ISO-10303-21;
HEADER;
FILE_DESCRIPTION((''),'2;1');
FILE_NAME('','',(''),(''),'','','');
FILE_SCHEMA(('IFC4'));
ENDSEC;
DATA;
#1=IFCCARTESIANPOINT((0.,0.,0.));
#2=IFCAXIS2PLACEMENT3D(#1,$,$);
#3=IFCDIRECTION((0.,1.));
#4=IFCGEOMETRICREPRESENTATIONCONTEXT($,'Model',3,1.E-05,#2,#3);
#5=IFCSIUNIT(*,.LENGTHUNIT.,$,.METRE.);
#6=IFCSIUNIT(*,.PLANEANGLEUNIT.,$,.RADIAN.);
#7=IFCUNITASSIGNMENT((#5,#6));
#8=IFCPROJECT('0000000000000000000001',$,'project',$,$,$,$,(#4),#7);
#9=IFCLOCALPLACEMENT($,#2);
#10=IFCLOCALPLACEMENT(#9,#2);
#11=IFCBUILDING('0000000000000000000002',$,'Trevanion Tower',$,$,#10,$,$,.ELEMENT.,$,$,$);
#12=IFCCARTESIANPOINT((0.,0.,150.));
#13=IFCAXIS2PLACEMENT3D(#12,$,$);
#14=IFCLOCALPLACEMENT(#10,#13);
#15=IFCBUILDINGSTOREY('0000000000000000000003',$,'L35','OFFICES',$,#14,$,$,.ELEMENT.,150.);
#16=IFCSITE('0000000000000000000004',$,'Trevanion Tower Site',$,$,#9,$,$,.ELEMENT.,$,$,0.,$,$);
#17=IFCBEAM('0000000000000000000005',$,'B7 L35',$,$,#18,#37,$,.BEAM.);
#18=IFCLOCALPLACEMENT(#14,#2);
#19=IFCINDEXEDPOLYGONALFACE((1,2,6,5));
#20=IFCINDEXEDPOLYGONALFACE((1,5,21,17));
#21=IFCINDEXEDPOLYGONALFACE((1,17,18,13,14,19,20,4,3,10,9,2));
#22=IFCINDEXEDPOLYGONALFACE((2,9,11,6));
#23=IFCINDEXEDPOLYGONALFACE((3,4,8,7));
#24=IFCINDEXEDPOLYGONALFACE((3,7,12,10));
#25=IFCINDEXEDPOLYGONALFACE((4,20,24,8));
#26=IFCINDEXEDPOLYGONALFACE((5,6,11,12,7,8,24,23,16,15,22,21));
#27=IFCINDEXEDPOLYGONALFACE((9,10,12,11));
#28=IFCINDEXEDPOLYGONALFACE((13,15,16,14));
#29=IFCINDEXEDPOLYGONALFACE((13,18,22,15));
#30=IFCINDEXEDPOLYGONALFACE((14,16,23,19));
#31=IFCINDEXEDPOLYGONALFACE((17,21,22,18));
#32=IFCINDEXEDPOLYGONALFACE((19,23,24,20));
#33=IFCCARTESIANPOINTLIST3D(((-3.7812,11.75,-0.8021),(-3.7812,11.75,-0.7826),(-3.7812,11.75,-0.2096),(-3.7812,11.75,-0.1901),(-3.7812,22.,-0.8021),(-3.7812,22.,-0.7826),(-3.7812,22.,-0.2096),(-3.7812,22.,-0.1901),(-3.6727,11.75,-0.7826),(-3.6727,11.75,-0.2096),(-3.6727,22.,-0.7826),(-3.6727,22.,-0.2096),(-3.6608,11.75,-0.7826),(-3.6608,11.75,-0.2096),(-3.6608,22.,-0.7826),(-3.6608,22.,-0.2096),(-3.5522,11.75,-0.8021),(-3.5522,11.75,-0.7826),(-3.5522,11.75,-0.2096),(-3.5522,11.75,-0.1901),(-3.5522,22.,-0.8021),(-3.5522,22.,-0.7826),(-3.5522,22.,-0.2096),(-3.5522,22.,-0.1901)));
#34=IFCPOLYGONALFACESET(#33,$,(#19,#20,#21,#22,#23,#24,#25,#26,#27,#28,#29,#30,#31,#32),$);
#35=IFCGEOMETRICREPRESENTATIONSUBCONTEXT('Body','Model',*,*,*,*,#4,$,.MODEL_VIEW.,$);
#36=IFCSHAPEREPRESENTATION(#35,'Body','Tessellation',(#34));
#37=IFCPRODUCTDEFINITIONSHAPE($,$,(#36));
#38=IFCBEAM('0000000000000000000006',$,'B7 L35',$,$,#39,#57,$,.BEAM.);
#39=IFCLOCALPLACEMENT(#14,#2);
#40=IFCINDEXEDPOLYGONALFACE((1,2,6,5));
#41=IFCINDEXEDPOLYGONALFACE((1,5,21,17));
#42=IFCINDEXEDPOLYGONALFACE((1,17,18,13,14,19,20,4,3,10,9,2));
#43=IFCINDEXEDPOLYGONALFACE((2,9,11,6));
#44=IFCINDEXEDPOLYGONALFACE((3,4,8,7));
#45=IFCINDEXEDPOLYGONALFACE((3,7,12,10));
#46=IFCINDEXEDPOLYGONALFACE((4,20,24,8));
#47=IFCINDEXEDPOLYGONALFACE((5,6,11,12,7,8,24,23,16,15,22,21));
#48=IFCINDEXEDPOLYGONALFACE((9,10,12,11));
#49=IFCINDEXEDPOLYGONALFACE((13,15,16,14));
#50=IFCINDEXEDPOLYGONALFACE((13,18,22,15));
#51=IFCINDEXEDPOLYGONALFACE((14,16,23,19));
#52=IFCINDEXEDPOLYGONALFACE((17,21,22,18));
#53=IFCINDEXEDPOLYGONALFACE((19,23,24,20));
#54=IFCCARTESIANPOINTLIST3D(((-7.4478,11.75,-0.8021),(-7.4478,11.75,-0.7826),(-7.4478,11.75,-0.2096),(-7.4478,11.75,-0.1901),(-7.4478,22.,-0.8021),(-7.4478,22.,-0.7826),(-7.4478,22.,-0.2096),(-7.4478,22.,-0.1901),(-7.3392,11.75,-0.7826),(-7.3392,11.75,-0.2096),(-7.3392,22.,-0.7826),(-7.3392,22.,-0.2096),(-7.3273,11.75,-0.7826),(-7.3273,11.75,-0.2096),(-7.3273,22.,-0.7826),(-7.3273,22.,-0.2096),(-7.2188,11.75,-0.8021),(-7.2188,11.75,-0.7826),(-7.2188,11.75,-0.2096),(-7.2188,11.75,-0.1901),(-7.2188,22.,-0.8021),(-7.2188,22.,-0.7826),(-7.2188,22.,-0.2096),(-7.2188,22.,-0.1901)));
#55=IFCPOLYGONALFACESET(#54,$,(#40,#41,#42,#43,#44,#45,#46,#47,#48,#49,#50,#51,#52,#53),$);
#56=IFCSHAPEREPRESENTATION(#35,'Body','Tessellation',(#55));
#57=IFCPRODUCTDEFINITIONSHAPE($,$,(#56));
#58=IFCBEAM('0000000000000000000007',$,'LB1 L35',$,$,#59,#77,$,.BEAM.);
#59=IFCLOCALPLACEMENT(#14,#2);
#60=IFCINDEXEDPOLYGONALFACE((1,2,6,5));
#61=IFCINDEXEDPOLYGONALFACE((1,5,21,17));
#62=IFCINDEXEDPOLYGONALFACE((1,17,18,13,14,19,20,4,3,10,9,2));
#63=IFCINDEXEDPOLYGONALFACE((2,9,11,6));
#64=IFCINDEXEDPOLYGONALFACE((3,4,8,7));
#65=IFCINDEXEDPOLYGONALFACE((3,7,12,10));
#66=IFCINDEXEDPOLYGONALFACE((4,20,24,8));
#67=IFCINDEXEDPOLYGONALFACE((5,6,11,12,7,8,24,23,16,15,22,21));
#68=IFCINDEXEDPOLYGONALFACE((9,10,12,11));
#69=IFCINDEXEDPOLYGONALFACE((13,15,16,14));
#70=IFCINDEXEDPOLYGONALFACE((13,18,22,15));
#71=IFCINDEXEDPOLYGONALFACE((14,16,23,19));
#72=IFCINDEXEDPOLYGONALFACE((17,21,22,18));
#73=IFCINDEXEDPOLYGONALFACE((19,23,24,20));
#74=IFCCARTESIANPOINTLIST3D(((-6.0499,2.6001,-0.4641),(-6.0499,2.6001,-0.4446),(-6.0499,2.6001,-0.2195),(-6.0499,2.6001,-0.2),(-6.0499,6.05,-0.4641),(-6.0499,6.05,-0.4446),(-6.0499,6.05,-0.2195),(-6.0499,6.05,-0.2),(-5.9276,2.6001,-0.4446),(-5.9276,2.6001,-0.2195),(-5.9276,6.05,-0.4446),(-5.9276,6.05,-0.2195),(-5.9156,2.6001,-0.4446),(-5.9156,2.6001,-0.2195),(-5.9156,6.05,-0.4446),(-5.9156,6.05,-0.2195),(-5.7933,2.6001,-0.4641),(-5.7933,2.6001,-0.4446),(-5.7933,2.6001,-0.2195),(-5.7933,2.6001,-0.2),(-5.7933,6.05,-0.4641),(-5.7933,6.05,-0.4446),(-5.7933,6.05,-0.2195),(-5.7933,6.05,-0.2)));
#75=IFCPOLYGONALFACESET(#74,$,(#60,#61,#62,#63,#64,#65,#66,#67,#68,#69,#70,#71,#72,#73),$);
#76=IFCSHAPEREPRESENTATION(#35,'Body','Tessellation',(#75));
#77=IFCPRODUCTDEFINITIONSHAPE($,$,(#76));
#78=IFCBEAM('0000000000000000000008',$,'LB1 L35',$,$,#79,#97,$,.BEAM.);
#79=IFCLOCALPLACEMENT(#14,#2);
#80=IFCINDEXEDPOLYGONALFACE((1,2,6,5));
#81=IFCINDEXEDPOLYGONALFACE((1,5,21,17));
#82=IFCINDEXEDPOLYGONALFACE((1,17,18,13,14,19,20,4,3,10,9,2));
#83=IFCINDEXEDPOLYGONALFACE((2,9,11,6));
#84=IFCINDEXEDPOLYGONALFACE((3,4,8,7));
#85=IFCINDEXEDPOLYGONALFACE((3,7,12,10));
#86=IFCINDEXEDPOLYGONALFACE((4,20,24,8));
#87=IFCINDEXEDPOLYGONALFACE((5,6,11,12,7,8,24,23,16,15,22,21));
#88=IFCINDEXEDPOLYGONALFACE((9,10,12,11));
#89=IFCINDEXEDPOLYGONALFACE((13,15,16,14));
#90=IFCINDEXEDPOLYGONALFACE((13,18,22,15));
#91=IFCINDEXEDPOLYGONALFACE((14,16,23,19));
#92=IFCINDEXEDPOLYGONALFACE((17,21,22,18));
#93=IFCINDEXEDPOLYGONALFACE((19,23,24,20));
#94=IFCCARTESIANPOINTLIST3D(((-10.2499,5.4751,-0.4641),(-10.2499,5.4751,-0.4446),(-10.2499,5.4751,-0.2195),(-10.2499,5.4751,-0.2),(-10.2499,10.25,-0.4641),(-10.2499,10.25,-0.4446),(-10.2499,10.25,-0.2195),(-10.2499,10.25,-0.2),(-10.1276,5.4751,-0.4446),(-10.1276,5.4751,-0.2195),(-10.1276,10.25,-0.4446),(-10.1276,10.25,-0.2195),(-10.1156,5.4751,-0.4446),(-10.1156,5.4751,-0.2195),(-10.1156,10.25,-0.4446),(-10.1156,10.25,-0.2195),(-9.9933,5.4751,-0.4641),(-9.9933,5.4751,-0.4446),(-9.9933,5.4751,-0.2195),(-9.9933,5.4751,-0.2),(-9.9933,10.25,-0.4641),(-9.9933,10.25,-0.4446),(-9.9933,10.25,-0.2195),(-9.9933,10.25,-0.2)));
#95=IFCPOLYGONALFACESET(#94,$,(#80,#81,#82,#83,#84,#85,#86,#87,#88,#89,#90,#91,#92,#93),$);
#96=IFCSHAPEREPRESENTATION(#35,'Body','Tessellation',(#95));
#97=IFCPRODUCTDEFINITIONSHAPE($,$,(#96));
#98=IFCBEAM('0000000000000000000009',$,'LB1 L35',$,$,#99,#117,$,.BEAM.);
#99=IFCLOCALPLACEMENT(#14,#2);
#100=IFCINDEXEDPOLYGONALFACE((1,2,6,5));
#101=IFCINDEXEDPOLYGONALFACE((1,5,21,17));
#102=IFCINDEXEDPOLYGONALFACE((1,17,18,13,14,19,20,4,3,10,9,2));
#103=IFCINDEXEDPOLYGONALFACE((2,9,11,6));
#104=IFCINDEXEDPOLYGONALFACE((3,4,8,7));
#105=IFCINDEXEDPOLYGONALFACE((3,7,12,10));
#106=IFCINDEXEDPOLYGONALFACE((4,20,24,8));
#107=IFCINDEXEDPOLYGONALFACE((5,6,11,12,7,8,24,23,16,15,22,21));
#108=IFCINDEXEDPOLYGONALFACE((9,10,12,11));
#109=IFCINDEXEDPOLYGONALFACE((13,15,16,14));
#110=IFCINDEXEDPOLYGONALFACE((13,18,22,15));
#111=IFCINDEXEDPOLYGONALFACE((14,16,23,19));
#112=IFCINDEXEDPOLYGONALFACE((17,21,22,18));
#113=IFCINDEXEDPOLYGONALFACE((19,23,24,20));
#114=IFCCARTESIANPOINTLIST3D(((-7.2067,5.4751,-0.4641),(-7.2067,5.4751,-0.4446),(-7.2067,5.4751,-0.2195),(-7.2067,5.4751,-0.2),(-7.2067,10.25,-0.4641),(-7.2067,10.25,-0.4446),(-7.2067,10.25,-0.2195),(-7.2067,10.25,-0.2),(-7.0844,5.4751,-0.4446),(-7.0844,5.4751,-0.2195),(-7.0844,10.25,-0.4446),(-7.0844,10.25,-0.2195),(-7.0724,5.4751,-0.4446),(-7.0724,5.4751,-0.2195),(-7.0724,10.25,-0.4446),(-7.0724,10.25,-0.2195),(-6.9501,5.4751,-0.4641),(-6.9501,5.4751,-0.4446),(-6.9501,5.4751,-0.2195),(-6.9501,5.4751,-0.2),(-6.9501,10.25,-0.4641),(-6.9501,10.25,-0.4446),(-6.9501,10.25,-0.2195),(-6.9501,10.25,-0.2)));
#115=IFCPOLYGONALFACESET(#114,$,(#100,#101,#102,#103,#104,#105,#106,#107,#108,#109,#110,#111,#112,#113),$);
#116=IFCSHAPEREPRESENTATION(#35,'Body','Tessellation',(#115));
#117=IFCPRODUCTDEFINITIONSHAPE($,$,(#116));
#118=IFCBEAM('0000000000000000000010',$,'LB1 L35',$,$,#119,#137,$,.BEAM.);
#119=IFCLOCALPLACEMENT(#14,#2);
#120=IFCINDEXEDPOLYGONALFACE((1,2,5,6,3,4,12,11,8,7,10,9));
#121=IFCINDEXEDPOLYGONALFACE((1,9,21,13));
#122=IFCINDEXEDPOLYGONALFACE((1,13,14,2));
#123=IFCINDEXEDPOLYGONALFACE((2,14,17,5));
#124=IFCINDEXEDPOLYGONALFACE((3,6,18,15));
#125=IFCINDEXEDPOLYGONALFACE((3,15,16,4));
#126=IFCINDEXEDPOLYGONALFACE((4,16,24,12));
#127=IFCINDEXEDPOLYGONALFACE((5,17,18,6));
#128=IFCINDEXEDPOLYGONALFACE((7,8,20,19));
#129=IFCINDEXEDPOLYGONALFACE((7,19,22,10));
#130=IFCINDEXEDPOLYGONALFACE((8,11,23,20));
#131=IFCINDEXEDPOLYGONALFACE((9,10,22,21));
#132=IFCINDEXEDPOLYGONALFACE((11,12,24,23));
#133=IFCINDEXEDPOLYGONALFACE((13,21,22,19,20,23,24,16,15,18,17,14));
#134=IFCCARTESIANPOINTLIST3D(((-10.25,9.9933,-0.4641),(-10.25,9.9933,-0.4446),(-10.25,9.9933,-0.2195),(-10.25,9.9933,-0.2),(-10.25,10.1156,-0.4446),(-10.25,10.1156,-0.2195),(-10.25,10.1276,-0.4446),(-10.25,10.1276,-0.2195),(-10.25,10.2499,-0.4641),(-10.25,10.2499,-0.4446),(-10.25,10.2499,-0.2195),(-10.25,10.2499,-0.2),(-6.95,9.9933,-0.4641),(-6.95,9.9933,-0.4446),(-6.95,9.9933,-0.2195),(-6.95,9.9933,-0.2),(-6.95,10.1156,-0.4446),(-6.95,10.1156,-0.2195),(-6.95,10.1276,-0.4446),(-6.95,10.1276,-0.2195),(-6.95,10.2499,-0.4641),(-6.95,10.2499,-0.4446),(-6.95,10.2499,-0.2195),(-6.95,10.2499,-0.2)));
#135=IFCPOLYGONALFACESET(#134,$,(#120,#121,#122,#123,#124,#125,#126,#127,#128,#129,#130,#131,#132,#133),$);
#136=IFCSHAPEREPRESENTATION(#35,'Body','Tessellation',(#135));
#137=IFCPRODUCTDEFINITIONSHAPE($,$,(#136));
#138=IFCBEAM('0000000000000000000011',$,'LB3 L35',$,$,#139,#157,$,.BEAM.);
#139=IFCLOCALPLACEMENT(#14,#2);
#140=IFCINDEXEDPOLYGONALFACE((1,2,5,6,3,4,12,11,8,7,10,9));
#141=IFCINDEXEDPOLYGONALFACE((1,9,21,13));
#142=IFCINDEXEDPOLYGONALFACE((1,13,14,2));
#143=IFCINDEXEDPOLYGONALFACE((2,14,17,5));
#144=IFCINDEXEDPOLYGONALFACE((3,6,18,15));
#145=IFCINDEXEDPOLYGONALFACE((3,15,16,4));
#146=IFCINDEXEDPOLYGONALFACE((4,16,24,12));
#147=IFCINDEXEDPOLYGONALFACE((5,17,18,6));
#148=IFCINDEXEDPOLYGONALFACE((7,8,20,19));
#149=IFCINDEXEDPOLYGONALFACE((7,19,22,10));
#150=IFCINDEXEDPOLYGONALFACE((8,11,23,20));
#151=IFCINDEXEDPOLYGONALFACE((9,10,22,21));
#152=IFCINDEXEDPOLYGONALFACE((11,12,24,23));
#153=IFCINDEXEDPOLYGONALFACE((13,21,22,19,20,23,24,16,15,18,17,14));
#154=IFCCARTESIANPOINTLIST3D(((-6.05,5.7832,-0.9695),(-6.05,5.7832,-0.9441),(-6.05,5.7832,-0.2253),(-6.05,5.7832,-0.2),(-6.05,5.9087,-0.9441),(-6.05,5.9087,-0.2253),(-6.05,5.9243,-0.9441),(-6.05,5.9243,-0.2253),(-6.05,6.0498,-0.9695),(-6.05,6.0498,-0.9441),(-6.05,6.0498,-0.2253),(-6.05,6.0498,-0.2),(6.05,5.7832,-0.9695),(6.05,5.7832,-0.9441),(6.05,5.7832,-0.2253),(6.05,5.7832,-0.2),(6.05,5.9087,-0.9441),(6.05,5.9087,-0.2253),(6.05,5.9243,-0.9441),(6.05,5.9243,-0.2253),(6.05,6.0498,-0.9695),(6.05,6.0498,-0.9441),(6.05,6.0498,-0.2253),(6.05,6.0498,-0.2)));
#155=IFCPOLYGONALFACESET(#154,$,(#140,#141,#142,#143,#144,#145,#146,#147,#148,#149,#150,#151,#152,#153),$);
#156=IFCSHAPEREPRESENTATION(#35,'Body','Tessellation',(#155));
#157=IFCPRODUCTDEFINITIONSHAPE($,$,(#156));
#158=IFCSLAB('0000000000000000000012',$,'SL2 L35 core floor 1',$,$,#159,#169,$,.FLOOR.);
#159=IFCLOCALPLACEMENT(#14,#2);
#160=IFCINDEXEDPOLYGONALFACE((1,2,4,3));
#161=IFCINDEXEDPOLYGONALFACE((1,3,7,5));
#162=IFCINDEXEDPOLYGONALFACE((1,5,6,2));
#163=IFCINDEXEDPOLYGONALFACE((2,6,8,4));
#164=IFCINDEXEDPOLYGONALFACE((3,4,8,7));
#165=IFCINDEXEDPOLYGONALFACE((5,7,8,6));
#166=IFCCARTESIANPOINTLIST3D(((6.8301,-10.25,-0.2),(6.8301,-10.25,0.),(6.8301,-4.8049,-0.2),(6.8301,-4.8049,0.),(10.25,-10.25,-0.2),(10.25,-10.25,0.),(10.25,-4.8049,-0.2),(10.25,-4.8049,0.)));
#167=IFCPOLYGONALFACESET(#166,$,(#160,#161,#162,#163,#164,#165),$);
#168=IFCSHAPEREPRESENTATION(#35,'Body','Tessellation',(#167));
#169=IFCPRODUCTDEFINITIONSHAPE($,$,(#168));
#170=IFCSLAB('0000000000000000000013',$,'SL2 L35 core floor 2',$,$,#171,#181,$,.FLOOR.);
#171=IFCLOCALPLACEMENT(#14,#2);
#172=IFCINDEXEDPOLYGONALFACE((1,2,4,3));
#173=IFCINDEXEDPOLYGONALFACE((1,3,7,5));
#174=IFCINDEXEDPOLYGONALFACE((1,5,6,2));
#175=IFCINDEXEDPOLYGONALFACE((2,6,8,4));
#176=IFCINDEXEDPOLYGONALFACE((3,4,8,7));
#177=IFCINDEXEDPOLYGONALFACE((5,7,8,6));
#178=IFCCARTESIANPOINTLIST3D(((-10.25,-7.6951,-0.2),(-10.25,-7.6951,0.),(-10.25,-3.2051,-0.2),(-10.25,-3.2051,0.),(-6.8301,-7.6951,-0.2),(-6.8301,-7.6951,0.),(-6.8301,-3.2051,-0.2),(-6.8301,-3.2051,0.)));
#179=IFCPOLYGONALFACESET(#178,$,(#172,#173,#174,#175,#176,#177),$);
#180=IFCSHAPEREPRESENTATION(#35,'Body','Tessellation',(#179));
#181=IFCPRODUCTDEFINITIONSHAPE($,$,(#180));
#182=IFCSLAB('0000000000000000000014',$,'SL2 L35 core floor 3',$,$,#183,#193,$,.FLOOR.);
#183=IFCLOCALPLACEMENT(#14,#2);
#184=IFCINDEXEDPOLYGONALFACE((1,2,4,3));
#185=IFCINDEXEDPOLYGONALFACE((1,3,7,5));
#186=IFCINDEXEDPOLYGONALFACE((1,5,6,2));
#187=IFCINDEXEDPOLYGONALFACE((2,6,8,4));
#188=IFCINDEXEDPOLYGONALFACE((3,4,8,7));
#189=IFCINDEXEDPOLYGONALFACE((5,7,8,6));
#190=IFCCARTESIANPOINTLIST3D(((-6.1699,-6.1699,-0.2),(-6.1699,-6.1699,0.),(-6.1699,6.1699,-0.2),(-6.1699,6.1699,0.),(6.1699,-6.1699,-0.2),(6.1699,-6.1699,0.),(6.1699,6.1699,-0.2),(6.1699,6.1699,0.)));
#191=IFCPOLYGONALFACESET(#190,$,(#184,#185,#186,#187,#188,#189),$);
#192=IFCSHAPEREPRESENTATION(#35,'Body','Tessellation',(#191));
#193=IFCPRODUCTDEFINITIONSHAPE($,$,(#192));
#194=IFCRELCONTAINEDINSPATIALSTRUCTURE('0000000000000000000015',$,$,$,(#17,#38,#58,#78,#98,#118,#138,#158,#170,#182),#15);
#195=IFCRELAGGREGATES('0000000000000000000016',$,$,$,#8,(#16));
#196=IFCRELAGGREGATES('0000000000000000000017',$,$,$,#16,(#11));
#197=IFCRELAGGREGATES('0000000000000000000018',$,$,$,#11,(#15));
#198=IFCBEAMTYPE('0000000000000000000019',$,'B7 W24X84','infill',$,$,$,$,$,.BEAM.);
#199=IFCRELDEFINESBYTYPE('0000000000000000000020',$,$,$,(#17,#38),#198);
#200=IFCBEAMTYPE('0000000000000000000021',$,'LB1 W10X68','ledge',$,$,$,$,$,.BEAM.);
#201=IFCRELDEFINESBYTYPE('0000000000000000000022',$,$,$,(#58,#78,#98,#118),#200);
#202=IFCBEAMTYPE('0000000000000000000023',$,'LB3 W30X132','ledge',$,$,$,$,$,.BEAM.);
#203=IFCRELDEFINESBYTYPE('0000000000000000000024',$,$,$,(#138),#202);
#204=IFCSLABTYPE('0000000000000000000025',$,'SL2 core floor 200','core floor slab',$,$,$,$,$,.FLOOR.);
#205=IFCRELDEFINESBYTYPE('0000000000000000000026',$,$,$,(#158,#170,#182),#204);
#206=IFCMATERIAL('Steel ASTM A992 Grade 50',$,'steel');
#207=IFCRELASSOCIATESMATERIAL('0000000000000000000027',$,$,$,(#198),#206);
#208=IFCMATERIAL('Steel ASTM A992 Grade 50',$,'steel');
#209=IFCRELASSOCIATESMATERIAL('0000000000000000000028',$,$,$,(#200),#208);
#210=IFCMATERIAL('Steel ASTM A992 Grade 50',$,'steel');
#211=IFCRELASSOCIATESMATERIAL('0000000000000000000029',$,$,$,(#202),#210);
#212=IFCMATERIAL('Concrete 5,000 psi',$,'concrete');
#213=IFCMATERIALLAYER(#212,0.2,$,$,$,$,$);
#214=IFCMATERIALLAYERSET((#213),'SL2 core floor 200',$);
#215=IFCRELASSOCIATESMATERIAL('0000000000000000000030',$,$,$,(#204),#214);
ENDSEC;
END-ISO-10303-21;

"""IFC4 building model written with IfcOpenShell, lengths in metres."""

from ifc_helpers import new_model, si_unit, direction, frame, origin, origin_2d, place, context, subcontext, project, spatial, polyline, i_section, outline, extrude, material, layer, layer_set, material_profile, profile_set, type_object, element, save


model = new_model("IFC4")

# Units and contexts
model_context = context("Model", 3, precision=1e-05, world=origin(), true_north=direction((0.0, 1.0)))
body_context = subcontext(model_context, "Body", "Model", "MODEL_VIEW")
ifc_project = project(units=[si_unit("LENGTHUNIT", "METRE"), si_unit("PLANEANGLEUNIT", "RADIAN")], contexts=[model_context])

# Site, building, storey
site_placement = place(None, origin())
site = spatial("IfcSite", under=ifc_project, at=site_placement, Name="Trevanion Tower Site", CompositionType="ELEMENT", RefElevation=0.0)
building_placement = place(site_placement, origin())
building = spatial("IfcBuilding", under=site, at=building_placement, Name="Trevanion Tower", CompositionType="ELEMENT")
storey_placement = place(building_placement, frame((0.0, 0.0, 150.0)))
storey = spatial("IfcBuildingStorey", under=building, at=storey_placement, Name="L35", Description="OFFICES", CompositionType="ELEMENT", Elevation=150.0)

# Beams
ifc_material_1 = material(Name="Steel ASTM A992 Grade 50", Category="steel")
ifc_material_profile_1 = material_profile(ifc_material_1, i_section(OverallWidth=0.229, OverallDepth=0.6121, WebThickness=0.012, FlangeThickness=0.0195, at=origin_2d()), Name="W24X84")
ifc_profile_set_1 = profile_set([ifc_material_profile_1], Name="Steel ASTM A992 Grade 50")
beam_type_1 = type_object("IfcBeamType", Name="B7 W24X84", Description="infill", PredefinedType="BEAM", material=ifc_profile_set_1)
for number, where, z_axis, x_axis, name in (
    (1, (-3.6667, 11.75, -0.4961), (0.0, 1.0, 0.0), (-1.0, 0.0, 0.0), "B7 L35"),
    (2, (-7.3333, 11.75, -0.4961), (0.0, 1.0, 0.0), (-1.0, 0.0, 0.0), "B7 L35"),
):
    element("IfcBeam", number, at=place(storey_placement, frame(where, z_axis=z_axis, x_axis=x_axis)), inside=storey, type_object=beam_type_1, Name=name, PredefinedType="BEAM", context=body_context, shape_type="SweptSolid", body=[
        extrude(i_section(OverallWidth=0.229, OverallDepth=0.6121, WebThickness=0.012, FlangeThickness=0.0195, at=origin_2d()), origin(), (0.0, 0.0, 1.0), 10.25),
    ])
ifc_material_2 = material(Name="Steel ASTM A992 Grade 50", Category="steel")
ifc_material_profile_2 = material_profile(ifc_material_2, i_section(OverallWidth=0.2566, OverallDepth=0.2642, WebThickness=0.012, FlangeThickness=0.0195, at=origin_2d()), Name="W10X68")
ifc_profile_set_2 = profile_set([ifc_material_profile_2], Name="Steel ASTM A992 Grade 50")
beam_type_2 = type_object("IfcBeamType", Name="LB1 W10X68", Description="ledge", PredefinedType="BEAM", material=ifc_profile_set_2)
beam_1_placement = place(storey_placement, frame((-5.9216, 2.6001, -0.332), z_axis=(0.0, 1.0, 0.0), x_axis=(-1.0, 0.0, 0.0)))
element("IfcBeam", 3, at=beam_1_placement, inside=storey, type_object=beam_type_2, Name="LB1 L35", PredefinedType="BEAM", context=body_context, shape_type="SweptSolid", body=[
    extrude(i_section(OverallWidth=0.2566, OverallDepth=0.2642, WebThickness=0.012, FlangeThickness=0.0195, at=origin_2d()), origin(), (0.0, 0.0, 1.0), 3.45),
])
for number, where, z_axis, x_axis, name in (
    (4, (-10.1216, 5.4751, -0.332), (0.0, 1.0, 0.0), (-1.0, 0.0, 0.0), "LB1 L35"),
    (5, (-7.0784, 5.4751, -0.332), (0.0, 1.0, 0.0), (-1.0, 0.0, 0.0), "LB1 L35"),
):
    element("IfcBeam", number, at=place(storey_placement, frame(where, z_axis=z_axis, x_axis=x_axis)), inside=storey, type_object=beam_type_2, Name=name, PredefinedType="BEAM", context=body_context, shape_type="SweptSolid", body=[
        extrude(i_section(OverallWidth=0.2566, OverallDepth=0.2642, WebThickness=0.012, FlangeThickness=0.0195, at=origin_2d()), origin(), (0.0, 0.0, 1.0), 4.7749),
    ])
beam_2_placement = place(storey_placement, frame((-10.25, 10.1216, -0.332), z_axis=(1.0, 0.0, 0.0), x_axis=(0.0, 1.0, 0.0)))
element("IfcBeam", 6, at=beam_2_placement, inside=storey, type_object=beam_type_2, Name="LB1 L35", PredefinedType="BEAM", context=body_context, shape_type="SweptSolid", body=[
    extrude(i_section(OverallWidth=0.2566, OverallDepth=0.2642, WebThickness=0.012, FlangeThickness=0.0195, at=origin_2d()), origin(), (0.0, 0.0, 1.0), 3.3),
])
ifc_material_3 = material(Name="Steel ASTM A992 Grade 50", Category="steel")
ifc_material_profile_3 = material_profile(ifc_material_3, i_section(OverallWidth=0.2666, OverallDepth=0.7695, WebThickness=0.0156, FlangeThickness=0.0254, at=origin_2d()), Name="W30X132")
ifc_profile_set_3 = profile_set([ifc_material_profile_3], Name="Steel ASTM A992 Grade 50")
beam_type_3 = type_object("IfcBeamType", Name="LB3 W30X132", Description="ledge", PredefinedType="BEAM", material=ifc_profile_set_3)
beam_3_placement = place(storey_placement, frame((-6.05, 5.9165, -0.5847), z_axis=(1.0, 0.0, 0.0), x_axis=(0.0, 1.0, 0.0)))
element("IfcBeam", 7, at=beam_3_placement, inside=storey, type_object=beam_type_3, Name="LB3 L35", PredefinedType="BEAM", context=body_context, shape_type="SweptSolid", body=[
    extrude(i_section(OverallWidth=0.2666, OverallDepth=0.7695, WebThickness=0.0156, FlangeThickness=0.0254, at=origin_2d()), origin(), (0.0, 0.0, 1.0), 12.1001),
])

# Slabs
ifc_material_4 = material(Name="Concrete 5,000 psi", Category="concrete")
ifc_layer_1 = layer(ifc_material_4, 0.2)
ifc_layer_set_1 = layer_set([ifc_layer_1], Name="SL2 core floor 200")
slab_type_1 = type_object("IfcSlabType", Name="SL2 core floor 200", Description="core floor slab", PredefinedType="FLOOR", material=ifc_layer_set_1)
slab_1_placement = place(storey_placement, frame((0.0, 0.0, -0.2)))
element("IfcSlab", 8, at=slab_1_placement, inside=storey, type_object=slab_type_1, Name="SL2 L35 core floor 1", PredefinedType="FLOOR", context=body_context, shape_type="SweptSolid", body=[
    extrude(outline(polyline([(10.25, -4.8049), (10.25, -10.25), (6.8301, -10.25), (6.8301, -4.8049), (10.25, -4.8049)])), origin(), (0.0, 0.0, 1.0), 0.2),
])
slab_2_placement = place(storey_placement, frame((0.0, 0.0, -0.2)))
element("IfcSlab", 9, at=slab_2_placement, inside=storey, type_object=slab_type_1, Name="SL2 L35 core floor 2", PredefinedType="FLOOR", context=body_context, shape_type="SweptSolid", body=[
    extrude(outline(polyline([(-6.8301, -3.2051), (-6.8301, -7.6951), (-10.25, -7.6951), (-10.25, -3.2051), (-6.8301, -3.2051)])), origin(), (0.0, 0.0, 1.0), 0.2),
])
slab_3_placement = place(storey_placement, frame((0.0, 0.0, -0.2)))
element("IfcSlab", 10, at=slab_3_placement, inside=storey, type_object=slab_type_1, Name="SL2 L35 core floor 3", PredefinedType="FLOOR", context=body_context, shape_type="SweptSolid", body=[
    extrude(outline(polyline([(6.1699, -6.1699), (-6.1699, -6.1699), (-6.1699, 6.1699), (6.1699, 6.1699), (6.1699, -6.1699)])), origin(), (0.0, 0.0, 1.0), 0.2),
])

save(model, "model.ifc")
